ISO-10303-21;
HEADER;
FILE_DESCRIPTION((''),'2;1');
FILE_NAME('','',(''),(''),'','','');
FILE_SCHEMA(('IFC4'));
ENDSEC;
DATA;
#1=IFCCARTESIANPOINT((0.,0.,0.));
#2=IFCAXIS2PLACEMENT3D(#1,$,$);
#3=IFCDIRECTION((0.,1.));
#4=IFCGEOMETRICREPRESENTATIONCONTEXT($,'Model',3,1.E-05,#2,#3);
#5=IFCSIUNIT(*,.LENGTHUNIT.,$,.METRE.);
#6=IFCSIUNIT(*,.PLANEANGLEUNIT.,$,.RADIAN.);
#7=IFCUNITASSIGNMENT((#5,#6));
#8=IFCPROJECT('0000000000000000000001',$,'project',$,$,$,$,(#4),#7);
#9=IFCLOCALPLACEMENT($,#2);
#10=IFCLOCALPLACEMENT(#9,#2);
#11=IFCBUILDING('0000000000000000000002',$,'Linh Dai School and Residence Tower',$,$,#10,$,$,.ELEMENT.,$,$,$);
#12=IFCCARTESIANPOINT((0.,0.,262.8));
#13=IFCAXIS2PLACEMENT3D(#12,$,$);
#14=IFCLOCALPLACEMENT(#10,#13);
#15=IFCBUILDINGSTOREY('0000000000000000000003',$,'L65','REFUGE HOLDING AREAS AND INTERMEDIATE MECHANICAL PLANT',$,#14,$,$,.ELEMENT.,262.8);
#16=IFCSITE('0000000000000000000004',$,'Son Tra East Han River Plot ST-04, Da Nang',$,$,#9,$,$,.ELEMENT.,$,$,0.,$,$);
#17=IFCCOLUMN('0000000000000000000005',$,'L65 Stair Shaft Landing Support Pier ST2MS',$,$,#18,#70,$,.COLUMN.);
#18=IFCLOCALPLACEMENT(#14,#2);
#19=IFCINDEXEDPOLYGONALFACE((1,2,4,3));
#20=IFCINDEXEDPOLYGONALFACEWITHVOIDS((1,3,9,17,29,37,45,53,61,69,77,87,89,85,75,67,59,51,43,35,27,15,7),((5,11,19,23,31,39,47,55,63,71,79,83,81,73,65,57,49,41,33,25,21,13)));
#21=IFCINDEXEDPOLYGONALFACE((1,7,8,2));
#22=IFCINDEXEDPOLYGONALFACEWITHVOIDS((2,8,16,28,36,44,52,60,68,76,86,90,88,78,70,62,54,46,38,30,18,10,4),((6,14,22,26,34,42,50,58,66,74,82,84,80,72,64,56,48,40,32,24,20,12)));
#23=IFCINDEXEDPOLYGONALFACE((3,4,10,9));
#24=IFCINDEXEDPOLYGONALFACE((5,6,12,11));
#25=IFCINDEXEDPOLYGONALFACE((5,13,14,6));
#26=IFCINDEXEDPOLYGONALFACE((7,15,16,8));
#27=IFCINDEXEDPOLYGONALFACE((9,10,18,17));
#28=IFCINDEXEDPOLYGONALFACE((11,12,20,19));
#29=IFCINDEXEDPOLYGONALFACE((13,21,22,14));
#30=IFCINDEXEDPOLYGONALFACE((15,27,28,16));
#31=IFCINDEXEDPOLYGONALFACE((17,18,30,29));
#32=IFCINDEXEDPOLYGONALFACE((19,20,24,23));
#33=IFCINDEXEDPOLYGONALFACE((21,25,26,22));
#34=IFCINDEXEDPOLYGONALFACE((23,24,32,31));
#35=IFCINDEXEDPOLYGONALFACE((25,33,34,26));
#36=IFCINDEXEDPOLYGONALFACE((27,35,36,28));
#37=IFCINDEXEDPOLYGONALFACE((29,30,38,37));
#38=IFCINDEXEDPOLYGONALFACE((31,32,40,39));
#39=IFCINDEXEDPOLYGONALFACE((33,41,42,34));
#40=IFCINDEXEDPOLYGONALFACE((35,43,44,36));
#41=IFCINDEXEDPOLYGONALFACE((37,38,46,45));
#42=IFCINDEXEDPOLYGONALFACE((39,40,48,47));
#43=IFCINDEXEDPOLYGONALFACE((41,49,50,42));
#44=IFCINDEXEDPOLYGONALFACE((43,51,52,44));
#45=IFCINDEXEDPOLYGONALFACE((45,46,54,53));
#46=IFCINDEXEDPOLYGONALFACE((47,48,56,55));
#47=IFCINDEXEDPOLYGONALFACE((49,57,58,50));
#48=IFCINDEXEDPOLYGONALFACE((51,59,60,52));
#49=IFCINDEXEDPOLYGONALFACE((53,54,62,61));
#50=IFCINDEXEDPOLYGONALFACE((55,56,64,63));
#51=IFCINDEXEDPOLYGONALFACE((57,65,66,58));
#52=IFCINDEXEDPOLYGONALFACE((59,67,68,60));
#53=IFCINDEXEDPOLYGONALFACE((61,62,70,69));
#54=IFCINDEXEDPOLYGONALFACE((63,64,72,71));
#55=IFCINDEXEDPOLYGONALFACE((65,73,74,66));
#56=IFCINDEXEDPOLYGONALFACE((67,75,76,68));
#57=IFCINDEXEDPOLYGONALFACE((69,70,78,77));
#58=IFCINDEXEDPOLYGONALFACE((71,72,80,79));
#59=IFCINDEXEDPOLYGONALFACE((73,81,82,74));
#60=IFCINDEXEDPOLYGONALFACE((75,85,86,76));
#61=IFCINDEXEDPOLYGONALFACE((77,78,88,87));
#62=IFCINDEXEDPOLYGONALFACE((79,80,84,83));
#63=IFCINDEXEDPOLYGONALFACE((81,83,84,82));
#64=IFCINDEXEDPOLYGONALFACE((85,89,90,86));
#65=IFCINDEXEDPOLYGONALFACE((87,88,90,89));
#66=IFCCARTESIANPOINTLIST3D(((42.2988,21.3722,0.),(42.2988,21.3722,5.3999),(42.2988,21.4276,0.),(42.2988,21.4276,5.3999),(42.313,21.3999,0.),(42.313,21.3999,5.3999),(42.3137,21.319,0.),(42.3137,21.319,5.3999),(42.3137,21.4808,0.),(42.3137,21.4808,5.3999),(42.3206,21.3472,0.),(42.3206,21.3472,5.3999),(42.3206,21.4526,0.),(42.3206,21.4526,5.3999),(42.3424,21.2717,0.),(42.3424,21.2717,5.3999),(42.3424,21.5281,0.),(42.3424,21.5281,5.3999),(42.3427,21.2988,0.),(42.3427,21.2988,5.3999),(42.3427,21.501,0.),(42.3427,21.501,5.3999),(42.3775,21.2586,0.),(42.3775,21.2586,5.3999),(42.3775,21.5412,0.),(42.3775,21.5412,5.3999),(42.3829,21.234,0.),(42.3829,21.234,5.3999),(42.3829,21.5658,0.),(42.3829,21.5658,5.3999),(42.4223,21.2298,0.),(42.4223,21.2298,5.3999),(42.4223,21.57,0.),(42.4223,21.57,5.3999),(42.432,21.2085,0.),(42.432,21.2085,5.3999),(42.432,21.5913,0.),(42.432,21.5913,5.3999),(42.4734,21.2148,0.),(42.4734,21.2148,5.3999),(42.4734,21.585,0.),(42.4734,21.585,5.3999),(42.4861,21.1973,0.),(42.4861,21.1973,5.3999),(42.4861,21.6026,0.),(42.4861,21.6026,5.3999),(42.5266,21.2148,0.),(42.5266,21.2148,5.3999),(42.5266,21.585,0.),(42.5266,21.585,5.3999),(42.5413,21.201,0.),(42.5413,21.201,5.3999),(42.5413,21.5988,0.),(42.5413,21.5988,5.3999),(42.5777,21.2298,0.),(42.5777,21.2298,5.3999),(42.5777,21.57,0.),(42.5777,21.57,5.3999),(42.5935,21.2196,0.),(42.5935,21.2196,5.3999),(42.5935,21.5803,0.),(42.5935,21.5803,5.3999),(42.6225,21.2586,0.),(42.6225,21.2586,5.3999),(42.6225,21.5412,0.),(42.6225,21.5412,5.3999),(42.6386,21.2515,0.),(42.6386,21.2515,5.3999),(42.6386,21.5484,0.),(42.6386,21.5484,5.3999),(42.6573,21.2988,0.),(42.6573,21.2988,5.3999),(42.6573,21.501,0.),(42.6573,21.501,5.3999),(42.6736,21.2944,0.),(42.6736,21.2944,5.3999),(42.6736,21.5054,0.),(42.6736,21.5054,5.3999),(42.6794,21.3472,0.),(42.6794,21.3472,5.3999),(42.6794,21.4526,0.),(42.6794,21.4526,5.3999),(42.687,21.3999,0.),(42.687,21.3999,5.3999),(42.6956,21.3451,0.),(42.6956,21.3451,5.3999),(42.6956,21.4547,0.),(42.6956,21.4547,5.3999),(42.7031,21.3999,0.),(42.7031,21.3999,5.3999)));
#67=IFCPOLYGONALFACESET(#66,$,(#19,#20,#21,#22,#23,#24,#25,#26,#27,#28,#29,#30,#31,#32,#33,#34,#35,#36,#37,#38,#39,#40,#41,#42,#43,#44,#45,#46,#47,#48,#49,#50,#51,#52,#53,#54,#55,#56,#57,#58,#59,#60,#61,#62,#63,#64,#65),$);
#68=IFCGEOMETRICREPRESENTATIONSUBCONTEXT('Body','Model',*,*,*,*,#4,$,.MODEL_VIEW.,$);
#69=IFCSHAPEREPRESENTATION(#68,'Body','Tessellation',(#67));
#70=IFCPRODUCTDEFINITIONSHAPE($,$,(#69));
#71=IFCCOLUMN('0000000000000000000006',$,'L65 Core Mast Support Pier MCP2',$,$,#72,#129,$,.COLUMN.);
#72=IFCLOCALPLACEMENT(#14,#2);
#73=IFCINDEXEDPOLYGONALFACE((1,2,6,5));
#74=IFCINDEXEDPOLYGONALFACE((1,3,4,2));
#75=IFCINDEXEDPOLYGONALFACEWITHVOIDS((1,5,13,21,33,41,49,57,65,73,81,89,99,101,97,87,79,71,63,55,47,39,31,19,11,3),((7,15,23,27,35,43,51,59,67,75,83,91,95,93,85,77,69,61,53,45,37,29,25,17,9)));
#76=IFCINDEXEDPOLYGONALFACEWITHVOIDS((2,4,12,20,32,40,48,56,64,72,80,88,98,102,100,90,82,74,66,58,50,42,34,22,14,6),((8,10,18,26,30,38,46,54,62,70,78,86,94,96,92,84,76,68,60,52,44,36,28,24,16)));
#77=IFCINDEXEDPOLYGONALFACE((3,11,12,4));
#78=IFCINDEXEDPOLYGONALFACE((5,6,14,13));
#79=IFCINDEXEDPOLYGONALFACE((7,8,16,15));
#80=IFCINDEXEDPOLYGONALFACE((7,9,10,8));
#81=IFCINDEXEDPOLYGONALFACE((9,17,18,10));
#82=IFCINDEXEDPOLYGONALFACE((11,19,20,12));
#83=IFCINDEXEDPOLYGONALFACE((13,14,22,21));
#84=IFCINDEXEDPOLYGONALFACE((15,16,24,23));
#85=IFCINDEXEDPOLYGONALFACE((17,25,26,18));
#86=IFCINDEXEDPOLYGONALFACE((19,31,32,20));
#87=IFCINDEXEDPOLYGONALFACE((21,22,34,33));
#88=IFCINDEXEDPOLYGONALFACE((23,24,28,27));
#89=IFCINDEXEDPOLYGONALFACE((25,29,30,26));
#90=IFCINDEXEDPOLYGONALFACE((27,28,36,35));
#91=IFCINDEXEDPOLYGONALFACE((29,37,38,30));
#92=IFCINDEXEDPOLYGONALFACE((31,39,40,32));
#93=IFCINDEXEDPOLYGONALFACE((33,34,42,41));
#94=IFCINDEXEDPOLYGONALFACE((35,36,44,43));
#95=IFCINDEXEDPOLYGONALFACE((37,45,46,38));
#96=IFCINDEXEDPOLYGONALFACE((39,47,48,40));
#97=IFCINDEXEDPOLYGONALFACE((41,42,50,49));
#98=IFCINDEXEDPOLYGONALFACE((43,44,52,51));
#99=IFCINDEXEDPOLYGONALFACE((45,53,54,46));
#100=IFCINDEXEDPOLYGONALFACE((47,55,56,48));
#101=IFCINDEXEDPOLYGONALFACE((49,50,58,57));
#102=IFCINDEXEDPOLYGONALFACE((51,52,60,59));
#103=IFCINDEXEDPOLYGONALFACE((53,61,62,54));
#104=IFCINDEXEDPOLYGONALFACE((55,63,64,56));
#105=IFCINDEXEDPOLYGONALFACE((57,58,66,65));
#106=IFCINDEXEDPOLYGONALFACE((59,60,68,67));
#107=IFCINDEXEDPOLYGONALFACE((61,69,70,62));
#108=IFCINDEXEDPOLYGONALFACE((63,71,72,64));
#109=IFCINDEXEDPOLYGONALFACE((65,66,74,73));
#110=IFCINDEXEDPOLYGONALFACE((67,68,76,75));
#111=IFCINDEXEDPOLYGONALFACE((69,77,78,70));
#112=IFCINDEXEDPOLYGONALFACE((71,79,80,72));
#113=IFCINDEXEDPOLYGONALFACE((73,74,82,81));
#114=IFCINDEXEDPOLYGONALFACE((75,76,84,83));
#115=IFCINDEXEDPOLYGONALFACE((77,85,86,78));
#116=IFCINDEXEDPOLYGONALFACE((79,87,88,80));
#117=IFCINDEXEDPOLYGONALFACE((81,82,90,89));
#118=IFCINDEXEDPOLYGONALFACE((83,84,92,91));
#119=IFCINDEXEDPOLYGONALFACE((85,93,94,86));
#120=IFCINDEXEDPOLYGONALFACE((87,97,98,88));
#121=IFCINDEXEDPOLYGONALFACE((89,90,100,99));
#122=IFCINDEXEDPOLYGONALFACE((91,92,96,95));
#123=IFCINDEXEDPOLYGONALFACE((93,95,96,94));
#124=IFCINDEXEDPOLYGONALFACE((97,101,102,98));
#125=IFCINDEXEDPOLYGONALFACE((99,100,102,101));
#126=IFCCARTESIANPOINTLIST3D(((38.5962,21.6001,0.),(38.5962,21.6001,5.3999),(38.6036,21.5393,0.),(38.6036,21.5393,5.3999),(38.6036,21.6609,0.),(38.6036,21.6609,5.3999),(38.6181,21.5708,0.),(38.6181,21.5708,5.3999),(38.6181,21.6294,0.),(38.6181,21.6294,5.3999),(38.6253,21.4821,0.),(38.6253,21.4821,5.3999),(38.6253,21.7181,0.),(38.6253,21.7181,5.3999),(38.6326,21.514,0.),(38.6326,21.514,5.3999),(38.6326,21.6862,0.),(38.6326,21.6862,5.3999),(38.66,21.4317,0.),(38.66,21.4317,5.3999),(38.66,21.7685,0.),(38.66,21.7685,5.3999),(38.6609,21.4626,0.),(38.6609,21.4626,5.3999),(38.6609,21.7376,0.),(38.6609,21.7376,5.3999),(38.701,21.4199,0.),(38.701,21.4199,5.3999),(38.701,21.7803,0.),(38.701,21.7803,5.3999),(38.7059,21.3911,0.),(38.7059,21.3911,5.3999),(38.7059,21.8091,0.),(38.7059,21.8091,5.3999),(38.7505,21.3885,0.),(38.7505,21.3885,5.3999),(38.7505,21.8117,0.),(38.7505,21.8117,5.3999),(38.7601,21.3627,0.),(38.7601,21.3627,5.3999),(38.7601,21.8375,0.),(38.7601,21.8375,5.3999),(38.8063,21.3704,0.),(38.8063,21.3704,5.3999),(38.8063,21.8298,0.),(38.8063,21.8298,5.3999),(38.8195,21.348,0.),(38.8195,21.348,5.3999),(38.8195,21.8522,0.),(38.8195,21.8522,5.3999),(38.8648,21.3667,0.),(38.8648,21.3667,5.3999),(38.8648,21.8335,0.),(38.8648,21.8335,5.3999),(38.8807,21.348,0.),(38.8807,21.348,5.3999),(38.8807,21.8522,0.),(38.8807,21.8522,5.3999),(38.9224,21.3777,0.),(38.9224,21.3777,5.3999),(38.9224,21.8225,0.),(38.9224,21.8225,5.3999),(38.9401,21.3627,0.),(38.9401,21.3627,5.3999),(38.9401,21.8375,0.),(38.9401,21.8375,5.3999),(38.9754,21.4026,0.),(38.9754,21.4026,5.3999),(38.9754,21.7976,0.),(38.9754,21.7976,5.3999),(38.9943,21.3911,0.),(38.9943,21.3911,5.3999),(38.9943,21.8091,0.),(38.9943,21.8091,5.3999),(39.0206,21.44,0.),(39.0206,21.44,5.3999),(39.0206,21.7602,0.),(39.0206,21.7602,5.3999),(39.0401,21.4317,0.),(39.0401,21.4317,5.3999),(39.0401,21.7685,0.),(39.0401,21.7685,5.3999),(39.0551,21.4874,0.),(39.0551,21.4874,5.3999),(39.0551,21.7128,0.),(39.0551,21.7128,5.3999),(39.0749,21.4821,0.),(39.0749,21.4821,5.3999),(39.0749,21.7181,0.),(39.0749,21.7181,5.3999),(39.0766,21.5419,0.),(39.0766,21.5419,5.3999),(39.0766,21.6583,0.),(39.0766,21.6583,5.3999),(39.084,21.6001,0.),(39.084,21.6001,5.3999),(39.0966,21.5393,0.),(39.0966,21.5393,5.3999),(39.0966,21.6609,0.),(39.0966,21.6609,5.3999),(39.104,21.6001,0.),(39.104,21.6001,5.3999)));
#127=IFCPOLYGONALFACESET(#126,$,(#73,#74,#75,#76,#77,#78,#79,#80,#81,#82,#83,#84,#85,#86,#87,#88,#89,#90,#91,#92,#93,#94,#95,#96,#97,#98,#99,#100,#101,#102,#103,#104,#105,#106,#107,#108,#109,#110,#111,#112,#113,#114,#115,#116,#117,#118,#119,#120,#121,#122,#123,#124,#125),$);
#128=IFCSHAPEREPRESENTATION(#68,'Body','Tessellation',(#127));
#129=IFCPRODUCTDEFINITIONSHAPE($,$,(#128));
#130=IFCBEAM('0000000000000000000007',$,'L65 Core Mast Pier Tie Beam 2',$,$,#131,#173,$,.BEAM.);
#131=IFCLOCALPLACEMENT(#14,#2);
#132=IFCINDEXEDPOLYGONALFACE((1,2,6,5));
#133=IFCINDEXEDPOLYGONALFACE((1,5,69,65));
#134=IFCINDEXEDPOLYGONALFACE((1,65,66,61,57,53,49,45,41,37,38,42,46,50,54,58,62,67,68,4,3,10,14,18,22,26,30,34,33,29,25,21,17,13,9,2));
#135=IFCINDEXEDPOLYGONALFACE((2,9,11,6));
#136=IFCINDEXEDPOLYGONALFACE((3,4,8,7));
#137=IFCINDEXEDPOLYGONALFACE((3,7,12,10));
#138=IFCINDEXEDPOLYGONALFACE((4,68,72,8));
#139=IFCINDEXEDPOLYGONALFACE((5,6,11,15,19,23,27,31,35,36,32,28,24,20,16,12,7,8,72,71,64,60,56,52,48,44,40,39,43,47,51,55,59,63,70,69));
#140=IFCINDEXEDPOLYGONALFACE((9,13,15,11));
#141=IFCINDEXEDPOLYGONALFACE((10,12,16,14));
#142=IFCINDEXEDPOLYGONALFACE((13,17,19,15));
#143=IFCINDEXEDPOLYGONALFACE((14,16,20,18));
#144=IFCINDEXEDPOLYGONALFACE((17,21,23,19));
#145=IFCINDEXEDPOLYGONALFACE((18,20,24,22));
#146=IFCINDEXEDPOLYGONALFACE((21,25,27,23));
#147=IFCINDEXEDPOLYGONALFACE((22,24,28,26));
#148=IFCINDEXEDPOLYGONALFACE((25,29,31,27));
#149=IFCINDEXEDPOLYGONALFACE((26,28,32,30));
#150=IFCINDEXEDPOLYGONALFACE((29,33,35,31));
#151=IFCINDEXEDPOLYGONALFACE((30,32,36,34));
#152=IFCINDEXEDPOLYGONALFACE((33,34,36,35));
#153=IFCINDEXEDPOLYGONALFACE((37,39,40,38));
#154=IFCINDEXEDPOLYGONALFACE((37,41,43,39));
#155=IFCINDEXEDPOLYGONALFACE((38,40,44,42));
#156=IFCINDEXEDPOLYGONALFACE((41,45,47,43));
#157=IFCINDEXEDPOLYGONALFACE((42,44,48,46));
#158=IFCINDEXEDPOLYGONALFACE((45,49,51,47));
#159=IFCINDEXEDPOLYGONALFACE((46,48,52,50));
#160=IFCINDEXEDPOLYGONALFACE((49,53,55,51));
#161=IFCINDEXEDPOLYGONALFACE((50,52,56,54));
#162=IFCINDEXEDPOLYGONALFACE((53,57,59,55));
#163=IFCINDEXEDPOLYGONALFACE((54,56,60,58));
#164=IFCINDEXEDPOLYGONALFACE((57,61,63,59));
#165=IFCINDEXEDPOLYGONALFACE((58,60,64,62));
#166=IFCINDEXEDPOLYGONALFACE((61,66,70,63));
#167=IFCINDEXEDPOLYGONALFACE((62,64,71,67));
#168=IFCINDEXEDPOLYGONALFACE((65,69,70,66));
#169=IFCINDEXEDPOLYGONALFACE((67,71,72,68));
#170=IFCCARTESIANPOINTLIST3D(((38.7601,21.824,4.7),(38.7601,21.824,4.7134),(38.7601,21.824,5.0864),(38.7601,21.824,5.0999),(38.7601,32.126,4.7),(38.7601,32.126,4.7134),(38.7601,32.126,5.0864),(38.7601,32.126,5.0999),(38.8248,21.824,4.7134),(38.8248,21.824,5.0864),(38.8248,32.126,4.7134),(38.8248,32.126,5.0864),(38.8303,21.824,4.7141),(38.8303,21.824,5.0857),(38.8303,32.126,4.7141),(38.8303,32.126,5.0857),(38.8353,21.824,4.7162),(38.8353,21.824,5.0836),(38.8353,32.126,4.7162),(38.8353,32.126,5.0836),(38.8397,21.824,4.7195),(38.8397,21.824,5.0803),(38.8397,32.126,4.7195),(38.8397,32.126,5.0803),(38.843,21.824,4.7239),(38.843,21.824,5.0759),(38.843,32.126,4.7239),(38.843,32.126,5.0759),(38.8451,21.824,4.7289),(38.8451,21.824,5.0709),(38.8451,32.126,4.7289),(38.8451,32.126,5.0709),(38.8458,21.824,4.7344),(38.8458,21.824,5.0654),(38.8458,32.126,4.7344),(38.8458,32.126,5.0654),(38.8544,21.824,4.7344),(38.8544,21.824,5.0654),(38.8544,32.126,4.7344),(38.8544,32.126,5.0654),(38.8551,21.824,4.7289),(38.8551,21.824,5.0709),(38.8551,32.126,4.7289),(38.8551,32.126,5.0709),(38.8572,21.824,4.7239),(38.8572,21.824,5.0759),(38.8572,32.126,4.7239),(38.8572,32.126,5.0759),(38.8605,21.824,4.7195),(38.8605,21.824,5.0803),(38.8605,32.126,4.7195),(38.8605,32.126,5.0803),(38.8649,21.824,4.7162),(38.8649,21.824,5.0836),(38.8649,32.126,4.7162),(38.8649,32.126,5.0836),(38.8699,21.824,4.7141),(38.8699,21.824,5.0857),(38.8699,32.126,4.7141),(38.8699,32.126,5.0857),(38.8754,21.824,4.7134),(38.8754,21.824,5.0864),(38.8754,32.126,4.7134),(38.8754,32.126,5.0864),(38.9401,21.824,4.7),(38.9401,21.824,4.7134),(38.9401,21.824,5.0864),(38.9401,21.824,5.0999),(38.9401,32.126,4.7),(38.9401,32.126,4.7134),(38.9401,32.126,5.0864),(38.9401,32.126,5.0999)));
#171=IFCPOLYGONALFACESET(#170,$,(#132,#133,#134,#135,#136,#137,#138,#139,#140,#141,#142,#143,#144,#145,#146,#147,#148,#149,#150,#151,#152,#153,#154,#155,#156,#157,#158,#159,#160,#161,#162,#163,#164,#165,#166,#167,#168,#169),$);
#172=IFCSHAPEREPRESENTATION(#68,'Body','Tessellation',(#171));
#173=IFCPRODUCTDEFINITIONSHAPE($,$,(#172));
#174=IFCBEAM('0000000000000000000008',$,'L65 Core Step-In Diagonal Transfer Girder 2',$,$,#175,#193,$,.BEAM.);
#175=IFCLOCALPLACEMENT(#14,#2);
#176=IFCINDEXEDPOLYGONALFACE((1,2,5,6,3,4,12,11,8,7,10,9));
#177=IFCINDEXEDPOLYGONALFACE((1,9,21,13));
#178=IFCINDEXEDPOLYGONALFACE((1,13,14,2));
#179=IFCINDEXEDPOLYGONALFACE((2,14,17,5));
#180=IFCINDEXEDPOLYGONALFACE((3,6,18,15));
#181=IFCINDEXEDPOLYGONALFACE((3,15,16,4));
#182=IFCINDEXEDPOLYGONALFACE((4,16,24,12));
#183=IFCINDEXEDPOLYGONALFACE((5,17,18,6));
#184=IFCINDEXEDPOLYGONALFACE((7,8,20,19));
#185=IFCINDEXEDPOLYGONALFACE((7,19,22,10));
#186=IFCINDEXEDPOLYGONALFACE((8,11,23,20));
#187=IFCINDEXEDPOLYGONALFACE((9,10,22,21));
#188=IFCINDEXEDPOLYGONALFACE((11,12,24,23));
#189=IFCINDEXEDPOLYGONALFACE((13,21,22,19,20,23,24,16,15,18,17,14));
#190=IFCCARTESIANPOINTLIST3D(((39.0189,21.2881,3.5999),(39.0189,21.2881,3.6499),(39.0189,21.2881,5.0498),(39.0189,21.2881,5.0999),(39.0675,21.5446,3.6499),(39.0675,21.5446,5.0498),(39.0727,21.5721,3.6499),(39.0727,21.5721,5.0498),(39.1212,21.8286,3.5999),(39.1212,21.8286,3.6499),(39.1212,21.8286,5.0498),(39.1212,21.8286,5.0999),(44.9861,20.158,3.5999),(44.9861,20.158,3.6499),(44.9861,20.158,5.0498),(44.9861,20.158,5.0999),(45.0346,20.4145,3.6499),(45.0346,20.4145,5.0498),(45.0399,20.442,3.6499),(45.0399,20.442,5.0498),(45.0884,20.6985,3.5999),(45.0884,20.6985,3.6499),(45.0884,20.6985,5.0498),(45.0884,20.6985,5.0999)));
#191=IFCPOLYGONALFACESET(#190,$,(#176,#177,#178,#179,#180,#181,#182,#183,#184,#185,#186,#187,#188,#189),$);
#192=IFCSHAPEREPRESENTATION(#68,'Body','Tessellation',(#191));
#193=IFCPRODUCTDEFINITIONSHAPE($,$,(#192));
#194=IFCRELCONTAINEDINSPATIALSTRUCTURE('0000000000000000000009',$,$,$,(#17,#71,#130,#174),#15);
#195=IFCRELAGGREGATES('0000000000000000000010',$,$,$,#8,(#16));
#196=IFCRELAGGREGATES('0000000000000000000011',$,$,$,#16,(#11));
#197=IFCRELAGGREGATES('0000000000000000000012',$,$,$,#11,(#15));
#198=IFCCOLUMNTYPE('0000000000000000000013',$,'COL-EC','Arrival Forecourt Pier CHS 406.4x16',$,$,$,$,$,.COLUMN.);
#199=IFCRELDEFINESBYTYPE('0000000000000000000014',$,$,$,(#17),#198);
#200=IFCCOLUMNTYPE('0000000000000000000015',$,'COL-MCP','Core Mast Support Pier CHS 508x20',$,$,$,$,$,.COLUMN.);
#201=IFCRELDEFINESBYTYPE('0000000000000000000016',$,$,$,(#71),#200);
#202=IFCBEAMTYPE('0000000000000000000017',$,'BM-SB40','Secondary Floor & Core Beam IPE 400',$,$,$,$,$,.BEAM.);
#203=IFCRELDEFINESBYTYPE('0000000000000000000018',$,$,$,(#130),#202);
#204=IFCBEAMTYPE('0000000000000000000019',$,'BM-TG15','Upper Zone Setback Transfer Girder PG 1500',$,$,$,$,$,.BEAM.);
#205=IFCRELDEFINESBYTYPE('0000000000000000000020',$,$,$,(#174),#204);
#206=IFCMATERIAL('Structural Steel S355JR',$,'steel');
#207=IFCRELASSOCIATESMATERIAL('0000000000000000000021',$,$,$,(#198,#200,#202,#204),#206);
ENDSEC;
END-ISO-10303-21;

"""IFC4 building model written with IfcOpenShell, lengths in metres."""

from ifc_helpers import new_model, si_unit, direction, frame, origin, origin_2d, place, context, subcontext, project, spatial, hollow_circle, i_section, extrude, material, material_profile, profile_set, type_object, element, save


model = new_model("IFC4")

# Units and contexts
model_context = context("Model", 3, precision=1e-05, world=origin(), true_north=direction((0.0, 1.0)))
body_context = subcontext(model_context, "Body", "Model", "MODEL_VIEW")
ifc_project = project(units=[si_unit("LENGTHUNIT", "METRE"), si_unit("PLANEANGLEUNIT", "RADIAN")], contexts=[model_context])

# Site, building, storey
site_placement = place(None, origin())
site = spatial("IfcSite", under=ifc_project, at=site_placement, Name="Son Tra East Han River Plot ST-04, Da Nang", CompositionType="ELEMENT", RefElevation=0.0)
building_placement = place(site_placement, origin())
building = spatial("IfcBuilding", under=site, at=building_placement, Name="Linh Dai School and Residence Tower", CompositionType="ELEMENT")
storey_placement = place(building_placement, frame((0.0, 0.0, 262.8)))
storey = spatial("IfcBuildingStorey", under=building, at=storey_placement, Name="L65", Description="REFUGE HOLDING AREAS AND INTERMEDIATE MECHANICAL PLANT", CompositionType="ELEMENT", Elevation=262.8)

# Columns
ifc_material_1 = material(Name="Structural Steel S355JR", Category="steel")
ifc_material_profile_1 = material_profile(ifc_material_1, hollow_circle(Radius=0.2031, WallThickness=0.0161, at=origin_2d()), Name="CHS 406.4x16")
ifc_profile_set_1 = profile_set([ifc_material_profile_1], Name="Structural Steel S355JR")
column_type_1 = type_object("IfcColumnType", Name="COL-EC", Description="Arrival Forecourt Pier CHS 406.4x16", PredefinedType="COLUMN", material=ifc_profile_set_1)
column_1_placement = place(storey_placement, frame((42.5, 21.3999, 0.0), z_axis=(0.0, 0.0, 1.0), x_axis=(1.0, 0.0, 0.0)))
element("IfcColumn", 1, at=column_1_placement, inside=storey, type_object=column_type_1, Name="L65 Stair Shaft Landing Support Pier ST2MS", PredefinedType="COLUMN", context=body_context, shape_type="SweptSolid", body=[
    extrude(hollow_circle(Radius=0.2031, WallThickness=0.0161, at=origin_2d()), origin(), (0.0, 0.0, 1.0), 5.3999),
])
ifc_material_profile_2 = material_profile(ifc_material_1, hollow_circle(Radius=0.2539, WallThickness=0.02, at=origin_2d()), Name="CHS 508x20")
ifc_profile_set_2 = profile_set([ifc_material_profile_2], Name="Structural Steel S355JR")
column_type_2 = type_object("IfcColumnType", Name="COL-MCP", Description="Core Mast Support Pier CHS 508x20", PredefinedType="COLUMN", material=ifc_profile_set_2)
column_2_placement = place(storey_placement, frame((38.8501, 21.6001, 0.0), z_axis=(0.0, 0.0, 1.0), x_axis=(1.0, 0.0, 0.0)))
element("IfcColumn", 2, at=column_2_placement, inside=storey, type_object=column_type_2, Name="L65 Core Mast Support Pier MCP2", PredefinedType="COLUMN", context=body_context, shape_type="SweptSolid", body=[
    extrude(hollow_circle(Radius=0.2539, WallThickness=0.02, at=origin_2d()), origin(), (0.0, 0.0, 1.0), 5.3999),
])

# Beams
ifc_material_profile_3 = material_profile(ifc_material_1, i_section(OverallWidth=0.1799, OverallDepth=0.3999, WebThickness=0.0085, FlangeThickness=0.0134, FilletRadius=0.021, at=origin_2d()), Name="IPE 400")
ifc_profile_set_3 = profile_set([ifc_material_profile_3], Name="Structural Steel S355JR")
beam_type_1 = type_object("IfcBeamType", Name="BM-SB40", Description="Secondary Floor & Core Beam IPE 400", PredefinedType="BEAM", material=ifc_profile_set_3)
beam_1_placement = place(storey_placement, frame((38.8501, 21.824, 4.8999), z_axis=(0.0, 1.0, 0.0), x_axis=(-1.0, 0.0, 0.0)))
element("IfcBeam", 3, at=beam_1_placement, inside=storey, type_object=beam_type_1, Name="L65 Core Mast Pier Tie Beam 2", PredefinedType="BEAM", context=body_context, shape_type="SweptSolid", body=[
    extrude(i_section(OverallWidth=0.1799, OverallDepth=0.3999, WebThickness=0.0085, FlangeThickness=0.0134, FilletRadius=0.021, at=origin_2d()), origin(), (0.0, 0.0, 1.0), 10.302),
])
ifc_material_profile_4 = material_profile(ifc_material_1, i_section(OverallWidth=0.55, OverallDepth=1.5, WebThickness=0.0281, FlangeThickness=0.05, at=origin_2d()), Name="PG 1500x550x28x50")
ifc_profile_set_4 = profile_set([ifc_material_profile_4], Name="Structural Steel S355JR")
beam_type_2 = type_object("IfcBeamType", Name="BM-TG15", Description="Upper Zone Setback Transfer Girder PG 1500", PredefinedType="BEAM", material=ifc_profile_set_4)
beam_2_placement = place(storey_placement, frame((39.0701, 21.5583, 4.3499), z_axis=(0.982535, -0.186079, 0.0), x_axis=(0.186079, 0.982535, 0.0)))
element("IfcBeam", 4, at=beam_2_placement, inside=storey, type_object=beam_type_2, Name="L65 Core Step-In Diagonal Transfer Girder 2", PredefinedType="BEAM", context=body_context, shape_type="SweptSolid", body=[
    extrude(i_section(OverallWidth=0.55, OverallDepth=1.5, WebThickness=0.0281, FlangeThickness=0.05, at=origin_2d()), origin(), (0.0, 0.0, 1.0), 6.0732),
])

save(model, "model.ifc")
